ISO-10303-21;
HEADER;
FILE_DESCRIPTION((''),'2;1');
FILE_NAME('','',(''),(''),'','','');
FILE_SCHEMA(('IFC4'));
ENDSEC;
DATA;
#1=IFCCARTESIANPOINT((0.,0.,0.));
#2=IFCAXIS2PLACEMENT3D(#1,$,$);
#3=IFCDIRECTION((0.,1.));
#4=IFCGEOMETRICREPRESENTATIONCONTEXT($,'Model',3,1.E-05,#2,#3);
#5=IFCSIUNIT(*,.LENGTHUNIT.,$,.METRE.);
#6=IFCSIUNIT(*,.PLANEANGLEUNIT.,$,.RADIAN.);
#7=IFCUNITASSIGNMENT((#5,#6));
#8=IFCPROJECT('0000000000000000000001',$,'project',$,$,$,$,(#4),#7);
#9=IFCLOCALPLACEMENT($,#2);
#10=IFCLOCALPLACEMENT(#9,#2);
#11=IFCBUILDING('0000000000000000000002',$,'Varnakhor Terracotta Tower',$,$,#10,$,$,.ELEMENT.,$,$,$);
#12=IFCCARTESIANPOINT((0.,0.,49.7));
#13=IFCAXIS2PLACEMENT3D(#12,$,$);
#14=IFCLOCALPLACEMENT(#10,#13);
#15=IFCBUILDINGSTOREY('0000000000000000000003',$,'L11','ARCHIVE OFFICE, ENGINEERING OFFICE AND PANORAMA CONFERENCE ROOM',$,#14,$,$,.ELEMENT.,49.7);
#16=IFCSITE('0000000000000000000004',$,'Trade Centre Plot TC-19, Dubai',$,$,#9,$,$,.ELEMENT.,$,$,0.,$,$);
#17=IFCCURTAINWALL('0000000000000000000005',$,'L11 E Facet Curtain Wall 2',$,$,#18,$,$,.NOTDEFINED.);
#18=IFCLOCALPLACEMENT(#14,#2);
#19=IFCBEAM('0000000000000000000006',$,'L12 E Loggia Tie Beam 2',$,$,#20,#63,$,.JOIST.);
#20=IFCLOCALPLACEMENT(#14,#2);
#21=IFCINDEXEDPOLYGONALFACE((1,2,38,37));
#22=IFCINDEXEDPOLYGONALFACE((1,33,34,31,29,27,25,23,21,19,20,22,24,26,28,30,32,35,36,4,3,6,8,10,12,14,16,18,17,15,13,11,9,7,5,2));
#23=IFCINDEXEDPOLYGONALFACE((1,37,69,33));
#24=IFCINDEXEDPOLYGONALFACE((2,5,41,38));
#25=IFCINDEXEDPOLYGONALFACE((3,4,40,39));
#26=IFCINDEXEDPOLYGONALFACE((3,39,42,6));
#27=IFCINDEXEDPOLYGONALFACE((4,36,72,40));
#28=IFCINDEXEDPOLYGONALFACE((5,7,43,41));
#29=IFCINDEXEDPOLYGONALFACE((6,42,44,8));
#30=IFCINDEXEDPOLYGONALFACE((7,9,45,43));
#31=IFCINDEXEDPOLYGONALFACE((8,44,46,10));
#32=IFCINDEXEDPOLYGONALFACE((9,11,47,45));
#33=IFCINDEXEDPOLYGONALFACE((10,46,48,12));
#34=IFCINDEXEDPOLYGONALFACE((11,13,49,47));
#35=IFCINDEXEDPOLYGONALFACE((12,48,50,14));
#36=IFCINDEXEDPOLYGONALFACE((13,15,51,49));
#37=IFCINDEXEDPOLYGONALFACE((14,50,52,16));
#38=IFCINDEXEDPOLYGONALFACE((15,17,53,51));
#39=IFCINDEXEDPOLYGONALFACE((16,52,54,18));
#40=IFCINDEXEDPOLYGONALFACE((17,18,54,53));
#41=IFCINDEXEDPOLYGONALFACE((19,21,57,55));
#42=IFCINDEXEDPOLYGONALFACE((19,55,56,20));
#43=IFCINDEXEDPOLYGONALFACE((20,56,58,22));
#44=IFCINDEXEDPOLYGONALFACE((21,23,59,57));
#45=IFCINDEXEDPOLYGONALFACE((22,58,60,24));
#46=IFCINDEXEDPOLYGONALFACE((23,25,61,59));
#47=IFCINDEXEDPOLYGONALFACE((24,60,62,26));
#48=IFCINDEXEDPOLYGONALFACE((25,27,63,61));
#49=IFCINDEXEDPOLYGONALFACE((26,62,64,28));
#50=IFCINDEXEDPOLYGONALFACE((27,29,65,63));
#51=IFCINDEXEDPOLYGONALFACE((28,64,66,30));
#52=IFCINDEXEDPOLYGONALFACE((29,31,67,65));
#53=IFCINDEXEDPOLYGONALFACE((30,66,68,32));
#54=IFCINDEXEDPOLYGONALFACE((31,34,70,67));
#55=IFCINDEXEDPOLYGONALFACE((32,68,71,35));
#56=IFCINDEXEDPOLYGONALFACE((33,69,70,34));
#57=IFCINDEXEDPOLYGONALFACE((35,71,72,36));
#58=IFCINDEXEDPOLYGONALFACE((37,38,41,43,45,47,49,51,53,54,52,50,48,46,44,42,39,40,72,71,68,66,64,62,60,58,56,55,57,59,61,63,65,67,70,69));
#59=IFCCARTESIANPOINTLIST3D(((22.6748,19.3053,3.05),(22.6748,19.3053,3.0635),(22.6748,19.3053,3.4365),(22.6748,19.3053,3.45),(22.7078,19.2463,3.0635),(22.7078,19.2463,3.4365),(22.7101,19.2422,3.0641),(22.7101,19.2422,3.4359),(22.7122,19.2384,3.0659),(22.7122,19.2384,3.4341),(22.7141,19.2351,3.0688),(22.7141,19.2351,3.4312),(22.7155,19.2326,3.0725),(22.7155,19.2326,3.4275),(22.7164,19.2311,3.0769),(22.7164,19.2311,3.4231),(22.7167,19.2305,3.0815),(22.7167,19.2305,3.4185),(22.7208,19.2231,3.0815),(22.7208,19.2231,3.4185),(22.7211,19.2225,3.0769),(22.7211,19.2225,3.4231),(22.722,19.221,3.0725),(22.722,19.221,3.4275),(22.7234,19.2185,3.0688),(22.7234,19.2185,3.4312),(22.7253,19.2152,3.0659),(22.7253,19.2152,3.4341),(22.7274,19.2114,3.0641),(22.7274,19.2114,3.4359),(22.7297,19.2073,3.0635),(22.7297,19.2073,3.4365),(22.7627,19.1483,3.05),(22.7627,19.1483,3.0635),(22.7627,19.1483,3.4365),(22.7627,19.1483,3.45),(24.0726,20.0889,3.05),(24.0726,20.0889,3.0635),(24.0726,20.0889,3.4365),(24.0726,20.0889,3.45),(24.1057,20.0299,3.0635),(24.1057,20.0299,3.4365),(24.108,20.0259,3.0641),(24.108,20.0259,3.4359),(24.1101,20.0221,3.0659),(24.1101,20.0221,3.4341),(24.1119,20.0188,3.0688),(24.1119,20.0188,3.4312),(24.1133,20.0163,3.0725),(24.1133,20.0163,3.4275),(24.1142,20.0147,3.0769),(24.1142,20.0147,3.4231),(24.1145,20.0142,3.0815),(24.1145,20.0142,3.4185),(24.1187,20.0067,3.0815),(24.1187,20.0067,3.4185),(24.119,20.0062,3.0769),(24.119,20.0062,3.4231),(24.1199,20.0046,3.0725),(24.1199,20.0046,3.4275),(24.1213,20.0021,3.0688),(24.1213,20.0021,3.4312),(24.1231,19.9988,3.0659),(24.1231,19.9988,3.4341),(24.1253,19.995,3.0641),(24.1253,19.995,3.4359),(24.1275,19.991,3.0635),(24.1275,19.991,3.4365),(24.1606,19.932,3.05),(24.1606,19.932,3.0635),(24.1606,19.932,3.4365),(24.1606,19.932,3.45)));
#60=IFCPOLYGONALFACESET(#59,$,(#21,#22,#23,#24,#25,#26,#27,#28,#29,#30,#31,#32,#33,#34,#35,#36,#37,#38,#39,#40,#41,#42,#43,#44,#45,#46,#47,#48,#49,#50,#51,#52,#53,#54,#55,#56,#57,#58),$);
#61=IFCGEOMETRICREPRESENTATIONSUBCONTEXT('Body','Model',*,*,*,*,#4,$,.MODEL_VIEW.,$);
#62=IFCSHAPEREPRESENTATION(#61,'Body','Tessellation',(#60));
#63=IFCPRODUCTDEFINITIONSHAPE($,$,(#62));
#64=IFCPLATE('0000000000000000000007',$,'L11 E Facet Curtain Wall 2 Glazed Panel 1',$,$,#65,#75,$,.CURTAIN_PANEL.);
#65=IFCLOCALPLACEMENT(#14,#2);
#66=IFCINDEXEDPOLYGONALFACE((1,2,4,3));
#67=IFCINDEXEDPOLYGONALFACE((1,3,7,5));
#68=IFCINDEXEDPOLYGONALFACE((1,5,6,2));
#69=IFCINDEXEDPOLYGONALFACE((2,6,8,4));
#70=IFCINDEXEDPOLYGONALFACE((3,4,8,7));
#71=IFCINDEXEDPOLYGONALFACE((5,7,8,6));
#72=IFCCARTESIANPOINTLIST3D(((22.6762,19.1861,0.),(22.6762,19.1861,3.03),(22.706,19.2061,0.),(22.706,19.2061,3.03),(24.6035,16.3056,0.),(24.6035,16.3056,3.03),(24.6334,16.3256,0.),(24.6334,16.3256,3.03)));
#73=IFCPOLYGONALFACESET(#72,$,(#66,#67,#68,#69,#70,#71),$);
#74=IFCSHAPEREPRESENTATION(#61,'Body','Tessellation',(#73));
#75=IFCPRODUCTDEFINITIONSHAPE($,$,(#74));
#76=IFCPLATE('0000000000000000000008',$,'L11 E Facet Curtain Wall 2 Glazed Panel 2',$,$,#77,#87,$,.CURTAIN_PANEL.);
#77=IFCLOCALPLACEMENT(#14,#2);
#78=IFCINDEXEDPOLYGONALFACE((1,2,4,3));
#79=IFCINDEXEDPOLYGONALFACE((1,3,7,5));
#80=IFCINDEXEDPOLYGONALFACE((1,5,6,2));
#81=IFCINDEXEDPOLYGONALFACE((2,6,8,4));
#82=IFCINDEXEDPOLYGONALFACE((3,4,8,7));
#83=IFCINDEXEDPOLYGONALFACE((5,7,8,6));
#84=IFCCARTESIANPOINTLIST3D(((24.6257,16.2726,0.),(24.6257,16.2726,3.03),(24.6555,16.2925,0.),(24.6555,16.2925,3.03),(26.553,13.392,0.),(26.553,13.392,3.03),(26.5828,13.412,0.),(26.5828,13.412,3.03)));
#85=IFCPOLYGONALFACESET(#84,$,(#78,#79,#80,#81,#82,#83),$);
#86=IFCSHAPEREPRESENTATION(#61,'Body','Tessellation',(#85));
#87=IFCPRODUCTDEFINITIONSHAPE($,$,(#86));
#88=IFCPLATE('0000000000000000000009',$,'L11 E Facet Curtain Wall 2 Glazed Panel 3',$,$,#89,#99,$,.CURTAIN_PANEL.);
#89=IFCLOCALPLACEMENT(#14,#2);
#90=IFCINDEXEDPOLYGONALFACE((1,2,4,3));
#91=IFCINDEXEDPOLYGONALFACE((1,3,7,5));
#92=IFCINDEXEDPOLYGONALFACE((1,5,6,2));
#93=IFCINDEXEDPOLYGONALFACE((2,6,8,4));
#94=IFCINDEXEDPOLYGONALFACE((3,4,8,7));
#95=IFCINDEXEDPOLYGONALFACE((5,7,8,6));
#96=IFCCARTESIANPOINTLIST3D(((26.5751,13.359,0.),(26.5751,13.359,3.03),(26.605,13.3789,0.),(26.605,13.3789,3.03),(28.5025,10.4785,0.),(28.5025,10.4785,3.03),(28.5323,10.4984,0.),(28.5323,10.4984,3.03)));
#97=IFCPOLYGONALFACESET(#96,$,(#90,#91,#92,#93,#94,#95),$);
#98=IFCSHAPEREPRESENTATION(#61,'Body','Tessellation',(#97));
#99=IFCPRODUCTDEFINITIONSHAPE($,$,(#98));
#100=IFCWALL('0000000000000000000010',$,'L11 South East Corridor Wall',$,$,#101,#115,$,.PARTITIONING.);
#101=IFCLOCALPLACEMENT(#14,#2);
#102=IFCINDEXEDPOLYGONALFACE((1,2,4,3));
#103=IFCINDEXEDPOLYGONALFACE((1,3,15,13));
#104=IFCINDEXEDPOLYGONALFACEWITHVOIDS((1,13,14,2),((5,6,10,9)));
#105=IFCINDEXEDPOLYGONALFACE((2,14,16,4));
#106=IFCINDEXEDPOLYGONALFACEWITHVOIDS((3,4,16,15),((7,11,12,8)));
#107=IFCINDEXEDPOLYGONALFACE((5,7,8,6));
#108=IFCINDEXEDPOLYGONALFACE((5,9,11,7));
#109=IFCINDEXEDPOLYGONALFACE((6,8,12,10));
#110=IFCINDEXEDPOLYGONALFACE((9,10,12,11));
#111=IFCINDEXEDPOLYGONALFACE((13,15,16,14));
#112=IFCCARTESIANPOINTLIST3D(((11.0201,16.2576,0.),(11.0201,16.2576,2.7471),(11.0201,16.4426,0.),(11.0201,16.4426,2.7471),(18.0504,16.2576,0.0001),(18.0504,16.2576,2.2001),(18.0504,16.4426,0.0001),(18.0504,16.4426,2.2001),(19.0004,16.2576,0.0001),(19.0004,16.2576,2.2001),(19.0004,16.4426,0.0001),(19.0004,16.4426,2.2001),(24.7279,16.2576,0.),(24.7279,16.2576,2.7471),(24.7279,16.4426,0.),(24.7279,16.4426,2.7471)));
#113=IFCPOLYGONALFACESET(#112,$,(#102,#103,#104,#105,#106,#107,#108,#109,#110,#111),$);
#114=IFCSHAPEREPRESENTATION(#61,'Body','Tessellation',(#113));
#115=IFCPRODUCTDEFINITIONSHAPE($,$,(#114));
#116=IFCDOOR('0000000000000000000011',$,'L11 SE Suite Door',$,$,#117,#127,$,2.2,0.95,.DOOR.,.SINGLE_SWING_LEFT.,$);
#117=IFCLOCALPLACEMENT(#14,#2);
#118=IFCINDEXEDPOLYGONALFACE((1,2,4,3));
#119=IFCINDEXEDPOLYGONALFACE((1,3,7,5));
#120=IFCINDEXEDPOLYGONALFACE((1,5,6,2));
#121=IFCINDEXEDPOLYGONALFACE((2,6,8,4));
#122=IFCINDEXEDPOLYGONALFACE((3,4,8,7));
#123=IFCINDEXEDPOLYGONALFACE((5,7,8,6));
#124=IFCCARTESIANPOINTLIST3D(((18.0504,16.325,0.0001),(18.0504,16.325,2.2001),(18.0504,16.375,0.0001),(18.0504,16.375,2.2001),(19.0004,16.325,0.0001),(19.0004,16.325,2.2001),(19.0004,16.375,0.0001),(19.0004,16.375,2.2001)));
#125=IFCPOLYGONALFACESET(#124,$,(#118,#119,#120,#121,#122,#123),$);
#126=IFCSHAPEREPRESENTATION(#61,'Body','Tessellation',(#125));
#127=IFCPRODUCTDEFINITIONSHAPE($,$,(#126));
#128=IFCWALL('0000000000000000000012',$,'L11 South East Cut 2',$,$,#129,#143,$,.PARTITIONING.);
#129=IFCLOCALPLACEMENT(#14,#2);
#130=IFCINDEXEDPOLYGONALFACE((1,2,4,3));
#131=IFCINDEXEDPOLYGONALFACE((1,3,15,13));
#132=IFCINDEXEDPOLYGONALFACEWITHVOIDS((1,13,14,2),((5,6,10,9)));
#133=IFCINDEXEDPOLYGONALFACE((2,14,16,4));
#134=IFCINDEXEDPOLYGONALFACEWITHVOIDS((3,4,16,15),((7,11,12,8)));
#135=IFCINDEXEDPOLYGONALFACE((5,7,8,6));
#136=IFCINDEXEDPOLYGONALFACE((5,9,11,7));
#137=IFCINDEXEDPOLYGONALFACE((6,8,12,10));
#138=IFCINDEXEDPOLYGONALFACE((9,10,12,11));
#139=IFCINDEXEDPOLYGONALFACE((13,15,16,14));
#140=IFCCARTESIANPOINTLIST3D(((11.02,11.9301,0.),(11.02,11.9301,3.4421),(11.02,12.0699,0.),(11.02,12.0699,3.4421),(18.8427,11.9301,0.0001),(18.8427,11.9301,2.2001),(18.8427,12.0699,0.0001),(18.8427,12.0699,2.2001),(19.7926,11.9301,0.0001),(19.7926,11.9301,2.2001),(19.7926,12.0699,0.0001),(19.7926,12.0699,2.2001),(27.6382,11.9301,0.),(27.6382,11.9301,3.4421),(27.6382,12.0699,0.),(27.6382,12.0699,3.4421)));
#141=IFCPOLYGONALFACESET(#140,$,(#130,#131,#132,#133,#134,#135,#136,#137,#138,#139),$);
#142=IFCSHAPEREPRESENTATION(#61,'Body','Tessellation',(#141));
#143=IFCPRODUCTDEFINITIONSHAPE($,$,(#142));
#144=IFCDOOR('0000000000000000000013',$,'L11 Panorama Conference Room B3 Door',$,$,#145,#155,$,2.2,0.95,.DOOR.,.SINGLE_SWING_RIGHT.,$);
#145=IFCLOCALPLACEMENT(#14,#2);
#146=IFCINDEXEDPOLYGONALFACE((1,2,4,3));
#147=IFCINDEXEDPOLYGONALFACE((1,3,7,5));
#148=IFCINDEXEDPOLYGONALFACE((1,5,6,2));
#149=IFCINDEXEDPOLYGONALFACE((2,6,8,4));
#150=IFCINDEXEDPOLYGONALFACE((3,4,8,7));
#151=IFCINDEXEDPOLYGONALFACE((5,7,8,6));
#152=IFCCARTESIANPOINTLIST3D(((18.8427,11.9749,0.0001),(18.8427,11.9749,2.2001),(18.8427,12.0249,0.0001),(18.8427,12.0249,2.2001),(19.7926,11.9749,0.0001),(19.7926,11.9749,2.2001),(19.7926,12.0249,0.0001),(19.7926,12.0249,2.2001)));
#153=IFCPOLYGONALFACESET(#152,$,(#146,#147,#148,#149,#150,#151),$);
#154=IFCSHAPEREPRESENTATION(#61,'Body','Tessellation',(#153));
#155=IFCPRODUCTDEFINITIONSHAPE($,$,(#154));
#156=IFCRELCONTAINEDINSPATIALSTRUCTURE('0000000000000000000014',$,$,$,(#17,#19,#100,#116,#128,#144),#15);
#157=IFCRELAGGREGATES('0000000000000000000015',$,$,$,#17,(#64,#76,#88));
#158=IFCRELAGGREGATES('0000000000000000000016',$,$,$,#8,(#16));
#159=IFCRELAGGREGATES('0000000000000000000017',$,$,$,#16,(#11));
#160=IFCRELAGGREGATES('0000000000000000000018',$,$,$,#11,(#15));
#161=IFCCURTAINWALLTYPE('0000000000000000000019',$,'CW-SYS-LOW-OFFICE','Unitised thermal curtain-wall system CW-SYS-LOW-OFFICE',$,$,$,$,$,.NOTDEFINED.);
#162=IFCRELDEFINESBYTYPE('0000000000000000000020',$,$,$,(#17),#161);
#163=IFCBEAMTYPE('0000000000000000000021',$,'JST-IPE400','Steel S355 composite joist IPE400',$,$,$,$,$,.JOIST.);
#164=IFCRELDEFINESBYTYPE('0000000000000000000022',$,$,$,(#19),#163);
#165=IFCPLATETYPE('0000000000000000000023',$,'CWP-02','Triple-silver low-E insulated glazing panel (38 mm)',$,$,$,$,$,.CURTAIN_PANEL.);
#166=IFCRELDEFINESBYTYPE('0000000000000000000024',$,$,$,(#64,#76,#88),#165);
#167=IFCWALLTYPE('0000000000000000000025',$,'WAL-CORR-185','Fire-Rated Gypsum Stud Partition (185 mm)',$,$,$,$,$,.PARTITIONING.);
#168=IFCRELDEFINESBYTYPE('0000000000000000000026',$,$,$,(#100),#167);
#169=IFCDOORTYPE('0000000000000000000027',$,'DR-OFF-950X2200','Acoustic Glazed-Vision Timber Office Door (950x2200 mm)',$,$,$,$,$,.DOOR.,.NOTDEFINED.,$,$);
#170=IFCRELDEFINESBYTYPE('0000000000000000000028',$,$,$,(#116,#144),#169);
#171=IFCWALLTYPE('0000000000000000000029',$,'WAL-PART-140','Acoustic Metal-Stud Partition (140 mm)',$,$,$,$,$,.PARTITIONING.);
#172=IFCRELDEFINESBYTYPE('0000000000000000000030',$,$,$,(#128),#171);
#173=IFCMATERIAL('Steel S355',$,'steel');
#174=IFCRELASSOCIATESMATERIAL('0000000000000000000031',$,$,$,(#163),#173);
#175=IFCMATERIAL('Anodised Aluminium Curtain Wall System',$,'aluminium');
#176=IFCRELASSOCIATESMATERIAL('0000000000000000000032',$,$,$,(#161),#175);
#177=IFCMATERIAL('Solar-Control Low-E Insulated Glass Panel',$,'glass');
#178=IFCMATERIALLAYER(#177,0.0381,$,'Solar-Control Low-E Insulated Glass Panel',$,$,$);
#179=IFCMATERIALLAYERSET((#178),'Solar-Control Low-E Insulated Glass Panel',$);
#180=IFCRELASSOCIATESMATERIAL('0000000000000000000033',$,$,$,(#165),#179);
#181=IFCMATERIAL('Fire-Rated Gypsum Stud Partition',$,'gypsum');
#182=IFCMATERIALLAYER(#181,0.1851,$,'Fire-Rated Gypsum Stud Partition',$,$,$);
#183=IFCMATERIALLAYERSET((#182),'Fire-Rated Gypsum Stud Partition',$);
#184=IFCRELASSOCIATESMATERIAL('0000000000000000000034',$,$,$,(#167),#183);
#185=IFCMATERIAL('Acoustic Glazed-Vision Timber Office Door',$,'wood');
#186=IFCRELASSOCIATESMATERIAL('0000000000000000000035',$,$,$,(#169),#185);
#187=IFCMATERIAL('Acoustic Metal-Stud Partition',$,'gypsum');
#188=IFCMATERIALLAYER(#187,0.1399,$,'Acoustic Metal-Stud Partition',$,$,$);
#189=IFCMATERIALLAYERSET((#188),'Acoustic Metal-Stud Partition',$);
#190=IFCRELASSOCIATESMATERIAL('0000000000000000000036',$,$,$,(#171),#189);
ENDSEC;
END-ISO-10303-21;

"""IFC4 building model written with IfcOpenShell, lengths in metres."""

from ifc_helpers import new_model, si_unit, direction, frame, frame_2d, origin, origin_2d, place, context, subcontext, project, spatial, rectangle, i_section, extrude, source, transform, mapped, material, layer, layer_set, material_profile, profile_set, type_object, type_shapes, element, fill, aggregate, save


model = new_model("IFC4")

# Units and contexts
model_context = context("Model", 3, precision=1e-05, world=origin(), true_north=direction((0.0, 1.0)))
body_context = subcontext(model_context, "Body", "Model", "MODEL_VIEW")
ifc_project = project(units=[si_unit("LENGTHUNIT", "METRE"), si_unit("PLANEANGLEUNIT", "RADIAN")], contexts=[model_context])

# Site, building, storey
site_placement = place(None, origin())
site = spatial("IfcSite", under=ifc_project, at=site_placement, Name="Trade Centre Plot TC-19, Dubai", CompositionType="ELEMENT", RefElevation=0.0)
building_placement = place(site_placement, origin())
building = spatial("IfcBuilding", under=site, at=building_placement, Name="Varnakhor Terracotta Tower", CompositionType="ELEMENT")
storey_placement = place(building_placement, frame((0.0, 0.0, 49.7)))
storey = spatial("IfcBuildingStorey", under=building, at=storey_placement, Name="L11", Description="ARCHIVE OFFICE, ENGINEERING OFFICE AND PANORAMA CONFERENCE ROOM", CompositionType="ELEMENT", Elevation=49.7)

# Shared definitions
ifc_material_1 = material(Name="Steel S355", Category="steel")
ifc_material_profile_1 = material_profile(ifc_material_1, i_section(OverallWidth=0.1799, OverallDepth=0.3999, WebThickness=0.0085, FlangeThickness=0.0134, FilletRadius=0.0181, at=origin_2d()), Name="IPE400")
ifc_profile_set_1 = profile_set([ifc_material_profile_1], Name="Steel S355")
beam_type = type_object("IfcBeamType", Name="JST-IPE400", Description="Steel S355 composite joist IPE400", PredefinedType="JOIST", material=ifc_profile_set_1)

# Curtain wall
ifc_material_2 = material(Name="Anodised Aluminium Curtain Wall System", Category="aluminium")
curtain_wall_type = type_object("IfcCurtainWallType", Name="CW-SYS-LOW-OFFICE", Description="Unitised thermal curtain-wall system CW-SYS-LOW-OFFICE", PredefinedType="NOTDEFINED", material=ifc_material_2)
curtain_wall_placement = place(storey_placement, origin())
curtain_wall = element("IfcCurtainWall", 1, at=curtain_wall_placement, inside=storey, type_object=curtain_wall_type, Name="L11 E Facet Curtain Wall 2", PredefinedType="NOTDEFINED")

# Beam
shared_shape_1 = source(origin(), body_context, "Body", "SweptSolid", [
    extrude(i_section(OverallWidth=0.1799, OverallDepth=0.3999, WebThickness=0.0085, FlangeThickness=0.0134, FilletRadius=0.0181, at=origin_2d()), origin(), (0.0, 0.0, 1.0), 1.6025),
])
beam_1_placement = place(storey_placement, frame((22.7188, 19.2268, 3.25), z_axis=(0.872283, 0.489002, 0.0), x_axis=(-0.489002, 0.872283, 0.0)))
element("IfcBeam", 2, at=beam_1_placement, inside=storey, type_object=beam_type, Name="L12 E Loggia Tie Beam 2", PredefinedType="JOIST", context=body_context, shape_type="MappedRepresentation", body=[
    mapped(shared_shape_1, transform((0.0, 0.0, 0.0), scale=1.0)),
])

# Plates
ifc_material_3 = material(Name="Solar-Control Low-E Insulated Glass Panel", Category="glass")
ifc_layer_1 = layer(ifc_material_3, 0.0381, Name="Solar-Control Low-E Insulated Glass Panel")
ifc_layer_set_1 = layer_set([ifc_layer_1], Name="Solar-Control Low-E Insulated Glass Panel")
plate_type = type_object("IfcPlateType", Name="CWP-02", Description="Triple-silver low-E insulated glazing panel (38 mm)", PredefinedType="CURTAIN_PANEL", material=ifc_layer_set_1)
shared_shape_2 = source(origin(), body_context, "Body", "SweptSolid", [
    extrude(rectangle(XDim=3.4658, YDim=0.0359, at=origin_2d()), origin(), (0.0, 0.0, 1.0), 3.03),
])
plate_1_placement = place(storey_placement, frame((23.6548, 17.7559, 0.0), z_axis=(0.0, 0.0, 1.0), x_axis=(0.556093, -0.83112, 0.0)))
plate_1 = element("IfcPlate", 3, at=plate_1_placement, type_object=plate_type, Name="L11 E Facet Curtain Wall 2 Glazed Panel 1", PredefinedType="CURTAIN_PANEL", context=body_context, shape_type="MappedRepresentation", body=[
    mapped(shared_shape_2, transform((0.0, 0.0, 0.0), scale=1.0)),
])
plate_2_placement = place(storey_placement, frame((25.6042, 14.8423, 0.0), z_axis=(0.0, 0.0, 1.0), x_axis=(0.556093, -0.83112, 0.0)))
plate_2 = element("IfcPlate", 4, at=plate_2_placement, type_object=plate_type, Name="L11 E Facet Curtain Wall 2 Glazed Panel 2", PredefinedType="CURTAIN_PANEL", context=body_context, shape_type="MappedRepresentation", body=[
    mapped(shared_shape_2, transform((0.0, 0.0, 0.0), scale=1.0)),
])
plate_3_placement = place(storey_placement, frame((27.5537, 11.9287, 0.0), z_axis=(0.0, 0.0, 1.0), x_axis=(0.556093, -0.83112, 0.0)))
plate_3 = element("IfcPlate", 5, at=plate_3_placement, type_object=plate_type, Name="L11 E Facet Curtain Wall 2 Glazed Panel 3", PredefinedType="CURTAIN_PANEL", context=body_context, shape_type="MappedRepresentation", body=[
    mapped(shared_shape_2, transform((0.0, 0.0, 0.0), scale=1.0)),
])
aggregate(curtain_wall, [plate_1, plate_2, plate_3])

# Walls, openings, doors
ifc_material_4 = material(Name="Fire-Rated Gypsum Stud Partition", Category="gypsum")
ifc_layer_2 = layer(ifc_material_4, 0.1851, Name="Fire-Rated Gypsum Stud Partition")
ifc_layer_set_2 = layer_set([ifc_layer_2], Name="Fire-Rated Gypsum Stud Partition")
wall_type_1 = type_object("IfcWallType", Name="WAL-CORR-185", Description="Fire-Rated Gypsum Stud Partition (185 mm)", PredefinedType="PARTITIONING", material=ifc_layer_set_2)
wall_1_placement = place(storey_placement, frame((11.02, 16.3501, 0.0), z_axis=(0.0, 0.0, 1.0), x_axis=(1.0, 0.0, 0.0)))
wall_1 = element("IfcWall", 6, at=wall_1_placement, inside=storey, type_object=wall_type_1, Name="L11 South East Corridor Wall", PredefinedType="PARTITIONING", context=body_context, shape_type="SweptSolid", body=[
    extrude(rectangle(XDim=13.7078, YDim=0.1851, at=frame_2d((6.854, 0.0))), origin(), (0.0, 0.0, 1.0), 2.7471),
])
opening_1_placement = place(wall_1_placement, frame((7.0303, 0.0, 0.0)))
opening_1 = element("IfcOpeningElement", 7, at=opening_1_placement, cuts=wall_1, PredefinedType="OPENING", context=body_context, shape_type="SweptSolid", body=[
    extrude(rectangle(XDim=0.95, YDim=2.2, at=frame_2d((0.4751, 1.1001))), frame((0.0, 0.1025, 0.0), z_axis=(0.0, -1.0, 0.0), x_axis=(1.0, 0.0, 0.0)), (0.0, 0.0, 1.0), 0.2051),
])
ifc_material_5 = material(Name="Acoustic Glazed-Vision Timber Office Door", Category="wood")
door_type = type_object("IfcDoorType", Name="DR-OFF-950X2200", Description="Acoustic Glazed-Vision Timber Office Door (950x2200 mm)", OperationType="NOTDEFINED", PredefinedType="DOOR", material=ifc_material_5)
shared_shape_3 = source(origin(), body_context, "Body", "SweptSolid", [
    extrude(rectangle(XDim=0.95, YDim=2.2, at=frame_2d((0.4751, 1.1001))), frame((0.0, 0.0249, 0.0), z_axis=(0.0, -1.0, 0.0), x_axis=(1.0, 0.0, 0.0)), (0.0, 0.0, 1.0), 0.05),
])
type_shapes(door_type, [shared_shape_3])
door_1_placement = place(opening_1_placement, origin())
door_1 = element("IfcDoor", 8, at=door_1_placement, inside=storey, type_object=door_type, Name="L11 SE Suite Door", OperationType="SINGLE_SWING_LEFT", OverallHeight=2.2, OverallWidth=0.95, PredefinedType="DOOR", context=body_context, shape_type="MappedRepresentation", body=[
    mapped(shared_shape_3, transform((0.0, 0.0, 0.0), scale=1.0)),
])
fill(opening_1, door_1)
ifc_material_6 = material(Name="Acoustic Metal-Stud Partition", Category="gypsum")
ifc_layer_3 = layer(ifc_material_6, 0.1399, Name="Acoustic Metal-Stud Partition")
ifc_layer_set_3 = layer_set([ifc_layer_3], Name="Acoustic Metal-Stud Partition")
wall_type_2 = type_object("IfcWallType", Name="WAL-PART-140", Description="Acoustic Metal-Stud Partition (140 mm)", PredefinedType="PARTITIONING", material=ifc_layer_set_3)
wall_2_placement = place(storey_placement, frame((11.02, 12.0, 0.0), z_axis=(0.0, 0.0, 1.0), x_axis=(1.0, 0.0, 0.0)))
wall_2 = element("IfcWall", 9, at=wall_2_placement, inside=storey, type_object=wall_type_2, Name="L11 South East Cut 2", PredefinedType="PARTITIONING", context=body_context, shape_type="SweptSolid", body=[
    extrude(rectangle(XDim=16.6182, YDim=0.1399, at=frame_2d((8.3091, 0.0))), origin(), (0.0, 0.0, 1.0), 3.4421),
])
opening_2_placement = place(wall_2_placement, frame((7.8225, 0.0, 0.0)))
opening_2 = element("IfcOpeningElement", 10, at=opening_2_placement, cuts=wall_2, PredefinedType="OPENING", context=body_context, shape_type="SweptSolid", body=[
    extrude(rectangle(XDim=0.95, YDim=2.2, at=frame_2d((0.4751, 1.1001))), frame((0.0, 0.0801, 0.0), z_axis=(0.0, -1.0, 0.0), x_axis=(1.0, 0.0, 0.0)), (0.0, 0.0, 1.0), 0.1599),
])
door_2_placement = place(opening_2_placement, origin())
door_2 = element("IfcDoor", 11, at=door_2_placement, inside=storey, type_object=door_type, Name="L11 Panorama Conference Room B3 Door", OperationType="SINGLE_SWING_RIGHT", OverallHeight=2.2, OverallWidth=0.95, PredefinedType="DOOR", context=body_context, shape_type="MappedRepresentation", body=[
    mapped(shared_shape_3, transform((0.0, 0.0, 0.0), scale=1.0)),
])
fill(opening_2, door_2)

save(model, "model.ifc")
